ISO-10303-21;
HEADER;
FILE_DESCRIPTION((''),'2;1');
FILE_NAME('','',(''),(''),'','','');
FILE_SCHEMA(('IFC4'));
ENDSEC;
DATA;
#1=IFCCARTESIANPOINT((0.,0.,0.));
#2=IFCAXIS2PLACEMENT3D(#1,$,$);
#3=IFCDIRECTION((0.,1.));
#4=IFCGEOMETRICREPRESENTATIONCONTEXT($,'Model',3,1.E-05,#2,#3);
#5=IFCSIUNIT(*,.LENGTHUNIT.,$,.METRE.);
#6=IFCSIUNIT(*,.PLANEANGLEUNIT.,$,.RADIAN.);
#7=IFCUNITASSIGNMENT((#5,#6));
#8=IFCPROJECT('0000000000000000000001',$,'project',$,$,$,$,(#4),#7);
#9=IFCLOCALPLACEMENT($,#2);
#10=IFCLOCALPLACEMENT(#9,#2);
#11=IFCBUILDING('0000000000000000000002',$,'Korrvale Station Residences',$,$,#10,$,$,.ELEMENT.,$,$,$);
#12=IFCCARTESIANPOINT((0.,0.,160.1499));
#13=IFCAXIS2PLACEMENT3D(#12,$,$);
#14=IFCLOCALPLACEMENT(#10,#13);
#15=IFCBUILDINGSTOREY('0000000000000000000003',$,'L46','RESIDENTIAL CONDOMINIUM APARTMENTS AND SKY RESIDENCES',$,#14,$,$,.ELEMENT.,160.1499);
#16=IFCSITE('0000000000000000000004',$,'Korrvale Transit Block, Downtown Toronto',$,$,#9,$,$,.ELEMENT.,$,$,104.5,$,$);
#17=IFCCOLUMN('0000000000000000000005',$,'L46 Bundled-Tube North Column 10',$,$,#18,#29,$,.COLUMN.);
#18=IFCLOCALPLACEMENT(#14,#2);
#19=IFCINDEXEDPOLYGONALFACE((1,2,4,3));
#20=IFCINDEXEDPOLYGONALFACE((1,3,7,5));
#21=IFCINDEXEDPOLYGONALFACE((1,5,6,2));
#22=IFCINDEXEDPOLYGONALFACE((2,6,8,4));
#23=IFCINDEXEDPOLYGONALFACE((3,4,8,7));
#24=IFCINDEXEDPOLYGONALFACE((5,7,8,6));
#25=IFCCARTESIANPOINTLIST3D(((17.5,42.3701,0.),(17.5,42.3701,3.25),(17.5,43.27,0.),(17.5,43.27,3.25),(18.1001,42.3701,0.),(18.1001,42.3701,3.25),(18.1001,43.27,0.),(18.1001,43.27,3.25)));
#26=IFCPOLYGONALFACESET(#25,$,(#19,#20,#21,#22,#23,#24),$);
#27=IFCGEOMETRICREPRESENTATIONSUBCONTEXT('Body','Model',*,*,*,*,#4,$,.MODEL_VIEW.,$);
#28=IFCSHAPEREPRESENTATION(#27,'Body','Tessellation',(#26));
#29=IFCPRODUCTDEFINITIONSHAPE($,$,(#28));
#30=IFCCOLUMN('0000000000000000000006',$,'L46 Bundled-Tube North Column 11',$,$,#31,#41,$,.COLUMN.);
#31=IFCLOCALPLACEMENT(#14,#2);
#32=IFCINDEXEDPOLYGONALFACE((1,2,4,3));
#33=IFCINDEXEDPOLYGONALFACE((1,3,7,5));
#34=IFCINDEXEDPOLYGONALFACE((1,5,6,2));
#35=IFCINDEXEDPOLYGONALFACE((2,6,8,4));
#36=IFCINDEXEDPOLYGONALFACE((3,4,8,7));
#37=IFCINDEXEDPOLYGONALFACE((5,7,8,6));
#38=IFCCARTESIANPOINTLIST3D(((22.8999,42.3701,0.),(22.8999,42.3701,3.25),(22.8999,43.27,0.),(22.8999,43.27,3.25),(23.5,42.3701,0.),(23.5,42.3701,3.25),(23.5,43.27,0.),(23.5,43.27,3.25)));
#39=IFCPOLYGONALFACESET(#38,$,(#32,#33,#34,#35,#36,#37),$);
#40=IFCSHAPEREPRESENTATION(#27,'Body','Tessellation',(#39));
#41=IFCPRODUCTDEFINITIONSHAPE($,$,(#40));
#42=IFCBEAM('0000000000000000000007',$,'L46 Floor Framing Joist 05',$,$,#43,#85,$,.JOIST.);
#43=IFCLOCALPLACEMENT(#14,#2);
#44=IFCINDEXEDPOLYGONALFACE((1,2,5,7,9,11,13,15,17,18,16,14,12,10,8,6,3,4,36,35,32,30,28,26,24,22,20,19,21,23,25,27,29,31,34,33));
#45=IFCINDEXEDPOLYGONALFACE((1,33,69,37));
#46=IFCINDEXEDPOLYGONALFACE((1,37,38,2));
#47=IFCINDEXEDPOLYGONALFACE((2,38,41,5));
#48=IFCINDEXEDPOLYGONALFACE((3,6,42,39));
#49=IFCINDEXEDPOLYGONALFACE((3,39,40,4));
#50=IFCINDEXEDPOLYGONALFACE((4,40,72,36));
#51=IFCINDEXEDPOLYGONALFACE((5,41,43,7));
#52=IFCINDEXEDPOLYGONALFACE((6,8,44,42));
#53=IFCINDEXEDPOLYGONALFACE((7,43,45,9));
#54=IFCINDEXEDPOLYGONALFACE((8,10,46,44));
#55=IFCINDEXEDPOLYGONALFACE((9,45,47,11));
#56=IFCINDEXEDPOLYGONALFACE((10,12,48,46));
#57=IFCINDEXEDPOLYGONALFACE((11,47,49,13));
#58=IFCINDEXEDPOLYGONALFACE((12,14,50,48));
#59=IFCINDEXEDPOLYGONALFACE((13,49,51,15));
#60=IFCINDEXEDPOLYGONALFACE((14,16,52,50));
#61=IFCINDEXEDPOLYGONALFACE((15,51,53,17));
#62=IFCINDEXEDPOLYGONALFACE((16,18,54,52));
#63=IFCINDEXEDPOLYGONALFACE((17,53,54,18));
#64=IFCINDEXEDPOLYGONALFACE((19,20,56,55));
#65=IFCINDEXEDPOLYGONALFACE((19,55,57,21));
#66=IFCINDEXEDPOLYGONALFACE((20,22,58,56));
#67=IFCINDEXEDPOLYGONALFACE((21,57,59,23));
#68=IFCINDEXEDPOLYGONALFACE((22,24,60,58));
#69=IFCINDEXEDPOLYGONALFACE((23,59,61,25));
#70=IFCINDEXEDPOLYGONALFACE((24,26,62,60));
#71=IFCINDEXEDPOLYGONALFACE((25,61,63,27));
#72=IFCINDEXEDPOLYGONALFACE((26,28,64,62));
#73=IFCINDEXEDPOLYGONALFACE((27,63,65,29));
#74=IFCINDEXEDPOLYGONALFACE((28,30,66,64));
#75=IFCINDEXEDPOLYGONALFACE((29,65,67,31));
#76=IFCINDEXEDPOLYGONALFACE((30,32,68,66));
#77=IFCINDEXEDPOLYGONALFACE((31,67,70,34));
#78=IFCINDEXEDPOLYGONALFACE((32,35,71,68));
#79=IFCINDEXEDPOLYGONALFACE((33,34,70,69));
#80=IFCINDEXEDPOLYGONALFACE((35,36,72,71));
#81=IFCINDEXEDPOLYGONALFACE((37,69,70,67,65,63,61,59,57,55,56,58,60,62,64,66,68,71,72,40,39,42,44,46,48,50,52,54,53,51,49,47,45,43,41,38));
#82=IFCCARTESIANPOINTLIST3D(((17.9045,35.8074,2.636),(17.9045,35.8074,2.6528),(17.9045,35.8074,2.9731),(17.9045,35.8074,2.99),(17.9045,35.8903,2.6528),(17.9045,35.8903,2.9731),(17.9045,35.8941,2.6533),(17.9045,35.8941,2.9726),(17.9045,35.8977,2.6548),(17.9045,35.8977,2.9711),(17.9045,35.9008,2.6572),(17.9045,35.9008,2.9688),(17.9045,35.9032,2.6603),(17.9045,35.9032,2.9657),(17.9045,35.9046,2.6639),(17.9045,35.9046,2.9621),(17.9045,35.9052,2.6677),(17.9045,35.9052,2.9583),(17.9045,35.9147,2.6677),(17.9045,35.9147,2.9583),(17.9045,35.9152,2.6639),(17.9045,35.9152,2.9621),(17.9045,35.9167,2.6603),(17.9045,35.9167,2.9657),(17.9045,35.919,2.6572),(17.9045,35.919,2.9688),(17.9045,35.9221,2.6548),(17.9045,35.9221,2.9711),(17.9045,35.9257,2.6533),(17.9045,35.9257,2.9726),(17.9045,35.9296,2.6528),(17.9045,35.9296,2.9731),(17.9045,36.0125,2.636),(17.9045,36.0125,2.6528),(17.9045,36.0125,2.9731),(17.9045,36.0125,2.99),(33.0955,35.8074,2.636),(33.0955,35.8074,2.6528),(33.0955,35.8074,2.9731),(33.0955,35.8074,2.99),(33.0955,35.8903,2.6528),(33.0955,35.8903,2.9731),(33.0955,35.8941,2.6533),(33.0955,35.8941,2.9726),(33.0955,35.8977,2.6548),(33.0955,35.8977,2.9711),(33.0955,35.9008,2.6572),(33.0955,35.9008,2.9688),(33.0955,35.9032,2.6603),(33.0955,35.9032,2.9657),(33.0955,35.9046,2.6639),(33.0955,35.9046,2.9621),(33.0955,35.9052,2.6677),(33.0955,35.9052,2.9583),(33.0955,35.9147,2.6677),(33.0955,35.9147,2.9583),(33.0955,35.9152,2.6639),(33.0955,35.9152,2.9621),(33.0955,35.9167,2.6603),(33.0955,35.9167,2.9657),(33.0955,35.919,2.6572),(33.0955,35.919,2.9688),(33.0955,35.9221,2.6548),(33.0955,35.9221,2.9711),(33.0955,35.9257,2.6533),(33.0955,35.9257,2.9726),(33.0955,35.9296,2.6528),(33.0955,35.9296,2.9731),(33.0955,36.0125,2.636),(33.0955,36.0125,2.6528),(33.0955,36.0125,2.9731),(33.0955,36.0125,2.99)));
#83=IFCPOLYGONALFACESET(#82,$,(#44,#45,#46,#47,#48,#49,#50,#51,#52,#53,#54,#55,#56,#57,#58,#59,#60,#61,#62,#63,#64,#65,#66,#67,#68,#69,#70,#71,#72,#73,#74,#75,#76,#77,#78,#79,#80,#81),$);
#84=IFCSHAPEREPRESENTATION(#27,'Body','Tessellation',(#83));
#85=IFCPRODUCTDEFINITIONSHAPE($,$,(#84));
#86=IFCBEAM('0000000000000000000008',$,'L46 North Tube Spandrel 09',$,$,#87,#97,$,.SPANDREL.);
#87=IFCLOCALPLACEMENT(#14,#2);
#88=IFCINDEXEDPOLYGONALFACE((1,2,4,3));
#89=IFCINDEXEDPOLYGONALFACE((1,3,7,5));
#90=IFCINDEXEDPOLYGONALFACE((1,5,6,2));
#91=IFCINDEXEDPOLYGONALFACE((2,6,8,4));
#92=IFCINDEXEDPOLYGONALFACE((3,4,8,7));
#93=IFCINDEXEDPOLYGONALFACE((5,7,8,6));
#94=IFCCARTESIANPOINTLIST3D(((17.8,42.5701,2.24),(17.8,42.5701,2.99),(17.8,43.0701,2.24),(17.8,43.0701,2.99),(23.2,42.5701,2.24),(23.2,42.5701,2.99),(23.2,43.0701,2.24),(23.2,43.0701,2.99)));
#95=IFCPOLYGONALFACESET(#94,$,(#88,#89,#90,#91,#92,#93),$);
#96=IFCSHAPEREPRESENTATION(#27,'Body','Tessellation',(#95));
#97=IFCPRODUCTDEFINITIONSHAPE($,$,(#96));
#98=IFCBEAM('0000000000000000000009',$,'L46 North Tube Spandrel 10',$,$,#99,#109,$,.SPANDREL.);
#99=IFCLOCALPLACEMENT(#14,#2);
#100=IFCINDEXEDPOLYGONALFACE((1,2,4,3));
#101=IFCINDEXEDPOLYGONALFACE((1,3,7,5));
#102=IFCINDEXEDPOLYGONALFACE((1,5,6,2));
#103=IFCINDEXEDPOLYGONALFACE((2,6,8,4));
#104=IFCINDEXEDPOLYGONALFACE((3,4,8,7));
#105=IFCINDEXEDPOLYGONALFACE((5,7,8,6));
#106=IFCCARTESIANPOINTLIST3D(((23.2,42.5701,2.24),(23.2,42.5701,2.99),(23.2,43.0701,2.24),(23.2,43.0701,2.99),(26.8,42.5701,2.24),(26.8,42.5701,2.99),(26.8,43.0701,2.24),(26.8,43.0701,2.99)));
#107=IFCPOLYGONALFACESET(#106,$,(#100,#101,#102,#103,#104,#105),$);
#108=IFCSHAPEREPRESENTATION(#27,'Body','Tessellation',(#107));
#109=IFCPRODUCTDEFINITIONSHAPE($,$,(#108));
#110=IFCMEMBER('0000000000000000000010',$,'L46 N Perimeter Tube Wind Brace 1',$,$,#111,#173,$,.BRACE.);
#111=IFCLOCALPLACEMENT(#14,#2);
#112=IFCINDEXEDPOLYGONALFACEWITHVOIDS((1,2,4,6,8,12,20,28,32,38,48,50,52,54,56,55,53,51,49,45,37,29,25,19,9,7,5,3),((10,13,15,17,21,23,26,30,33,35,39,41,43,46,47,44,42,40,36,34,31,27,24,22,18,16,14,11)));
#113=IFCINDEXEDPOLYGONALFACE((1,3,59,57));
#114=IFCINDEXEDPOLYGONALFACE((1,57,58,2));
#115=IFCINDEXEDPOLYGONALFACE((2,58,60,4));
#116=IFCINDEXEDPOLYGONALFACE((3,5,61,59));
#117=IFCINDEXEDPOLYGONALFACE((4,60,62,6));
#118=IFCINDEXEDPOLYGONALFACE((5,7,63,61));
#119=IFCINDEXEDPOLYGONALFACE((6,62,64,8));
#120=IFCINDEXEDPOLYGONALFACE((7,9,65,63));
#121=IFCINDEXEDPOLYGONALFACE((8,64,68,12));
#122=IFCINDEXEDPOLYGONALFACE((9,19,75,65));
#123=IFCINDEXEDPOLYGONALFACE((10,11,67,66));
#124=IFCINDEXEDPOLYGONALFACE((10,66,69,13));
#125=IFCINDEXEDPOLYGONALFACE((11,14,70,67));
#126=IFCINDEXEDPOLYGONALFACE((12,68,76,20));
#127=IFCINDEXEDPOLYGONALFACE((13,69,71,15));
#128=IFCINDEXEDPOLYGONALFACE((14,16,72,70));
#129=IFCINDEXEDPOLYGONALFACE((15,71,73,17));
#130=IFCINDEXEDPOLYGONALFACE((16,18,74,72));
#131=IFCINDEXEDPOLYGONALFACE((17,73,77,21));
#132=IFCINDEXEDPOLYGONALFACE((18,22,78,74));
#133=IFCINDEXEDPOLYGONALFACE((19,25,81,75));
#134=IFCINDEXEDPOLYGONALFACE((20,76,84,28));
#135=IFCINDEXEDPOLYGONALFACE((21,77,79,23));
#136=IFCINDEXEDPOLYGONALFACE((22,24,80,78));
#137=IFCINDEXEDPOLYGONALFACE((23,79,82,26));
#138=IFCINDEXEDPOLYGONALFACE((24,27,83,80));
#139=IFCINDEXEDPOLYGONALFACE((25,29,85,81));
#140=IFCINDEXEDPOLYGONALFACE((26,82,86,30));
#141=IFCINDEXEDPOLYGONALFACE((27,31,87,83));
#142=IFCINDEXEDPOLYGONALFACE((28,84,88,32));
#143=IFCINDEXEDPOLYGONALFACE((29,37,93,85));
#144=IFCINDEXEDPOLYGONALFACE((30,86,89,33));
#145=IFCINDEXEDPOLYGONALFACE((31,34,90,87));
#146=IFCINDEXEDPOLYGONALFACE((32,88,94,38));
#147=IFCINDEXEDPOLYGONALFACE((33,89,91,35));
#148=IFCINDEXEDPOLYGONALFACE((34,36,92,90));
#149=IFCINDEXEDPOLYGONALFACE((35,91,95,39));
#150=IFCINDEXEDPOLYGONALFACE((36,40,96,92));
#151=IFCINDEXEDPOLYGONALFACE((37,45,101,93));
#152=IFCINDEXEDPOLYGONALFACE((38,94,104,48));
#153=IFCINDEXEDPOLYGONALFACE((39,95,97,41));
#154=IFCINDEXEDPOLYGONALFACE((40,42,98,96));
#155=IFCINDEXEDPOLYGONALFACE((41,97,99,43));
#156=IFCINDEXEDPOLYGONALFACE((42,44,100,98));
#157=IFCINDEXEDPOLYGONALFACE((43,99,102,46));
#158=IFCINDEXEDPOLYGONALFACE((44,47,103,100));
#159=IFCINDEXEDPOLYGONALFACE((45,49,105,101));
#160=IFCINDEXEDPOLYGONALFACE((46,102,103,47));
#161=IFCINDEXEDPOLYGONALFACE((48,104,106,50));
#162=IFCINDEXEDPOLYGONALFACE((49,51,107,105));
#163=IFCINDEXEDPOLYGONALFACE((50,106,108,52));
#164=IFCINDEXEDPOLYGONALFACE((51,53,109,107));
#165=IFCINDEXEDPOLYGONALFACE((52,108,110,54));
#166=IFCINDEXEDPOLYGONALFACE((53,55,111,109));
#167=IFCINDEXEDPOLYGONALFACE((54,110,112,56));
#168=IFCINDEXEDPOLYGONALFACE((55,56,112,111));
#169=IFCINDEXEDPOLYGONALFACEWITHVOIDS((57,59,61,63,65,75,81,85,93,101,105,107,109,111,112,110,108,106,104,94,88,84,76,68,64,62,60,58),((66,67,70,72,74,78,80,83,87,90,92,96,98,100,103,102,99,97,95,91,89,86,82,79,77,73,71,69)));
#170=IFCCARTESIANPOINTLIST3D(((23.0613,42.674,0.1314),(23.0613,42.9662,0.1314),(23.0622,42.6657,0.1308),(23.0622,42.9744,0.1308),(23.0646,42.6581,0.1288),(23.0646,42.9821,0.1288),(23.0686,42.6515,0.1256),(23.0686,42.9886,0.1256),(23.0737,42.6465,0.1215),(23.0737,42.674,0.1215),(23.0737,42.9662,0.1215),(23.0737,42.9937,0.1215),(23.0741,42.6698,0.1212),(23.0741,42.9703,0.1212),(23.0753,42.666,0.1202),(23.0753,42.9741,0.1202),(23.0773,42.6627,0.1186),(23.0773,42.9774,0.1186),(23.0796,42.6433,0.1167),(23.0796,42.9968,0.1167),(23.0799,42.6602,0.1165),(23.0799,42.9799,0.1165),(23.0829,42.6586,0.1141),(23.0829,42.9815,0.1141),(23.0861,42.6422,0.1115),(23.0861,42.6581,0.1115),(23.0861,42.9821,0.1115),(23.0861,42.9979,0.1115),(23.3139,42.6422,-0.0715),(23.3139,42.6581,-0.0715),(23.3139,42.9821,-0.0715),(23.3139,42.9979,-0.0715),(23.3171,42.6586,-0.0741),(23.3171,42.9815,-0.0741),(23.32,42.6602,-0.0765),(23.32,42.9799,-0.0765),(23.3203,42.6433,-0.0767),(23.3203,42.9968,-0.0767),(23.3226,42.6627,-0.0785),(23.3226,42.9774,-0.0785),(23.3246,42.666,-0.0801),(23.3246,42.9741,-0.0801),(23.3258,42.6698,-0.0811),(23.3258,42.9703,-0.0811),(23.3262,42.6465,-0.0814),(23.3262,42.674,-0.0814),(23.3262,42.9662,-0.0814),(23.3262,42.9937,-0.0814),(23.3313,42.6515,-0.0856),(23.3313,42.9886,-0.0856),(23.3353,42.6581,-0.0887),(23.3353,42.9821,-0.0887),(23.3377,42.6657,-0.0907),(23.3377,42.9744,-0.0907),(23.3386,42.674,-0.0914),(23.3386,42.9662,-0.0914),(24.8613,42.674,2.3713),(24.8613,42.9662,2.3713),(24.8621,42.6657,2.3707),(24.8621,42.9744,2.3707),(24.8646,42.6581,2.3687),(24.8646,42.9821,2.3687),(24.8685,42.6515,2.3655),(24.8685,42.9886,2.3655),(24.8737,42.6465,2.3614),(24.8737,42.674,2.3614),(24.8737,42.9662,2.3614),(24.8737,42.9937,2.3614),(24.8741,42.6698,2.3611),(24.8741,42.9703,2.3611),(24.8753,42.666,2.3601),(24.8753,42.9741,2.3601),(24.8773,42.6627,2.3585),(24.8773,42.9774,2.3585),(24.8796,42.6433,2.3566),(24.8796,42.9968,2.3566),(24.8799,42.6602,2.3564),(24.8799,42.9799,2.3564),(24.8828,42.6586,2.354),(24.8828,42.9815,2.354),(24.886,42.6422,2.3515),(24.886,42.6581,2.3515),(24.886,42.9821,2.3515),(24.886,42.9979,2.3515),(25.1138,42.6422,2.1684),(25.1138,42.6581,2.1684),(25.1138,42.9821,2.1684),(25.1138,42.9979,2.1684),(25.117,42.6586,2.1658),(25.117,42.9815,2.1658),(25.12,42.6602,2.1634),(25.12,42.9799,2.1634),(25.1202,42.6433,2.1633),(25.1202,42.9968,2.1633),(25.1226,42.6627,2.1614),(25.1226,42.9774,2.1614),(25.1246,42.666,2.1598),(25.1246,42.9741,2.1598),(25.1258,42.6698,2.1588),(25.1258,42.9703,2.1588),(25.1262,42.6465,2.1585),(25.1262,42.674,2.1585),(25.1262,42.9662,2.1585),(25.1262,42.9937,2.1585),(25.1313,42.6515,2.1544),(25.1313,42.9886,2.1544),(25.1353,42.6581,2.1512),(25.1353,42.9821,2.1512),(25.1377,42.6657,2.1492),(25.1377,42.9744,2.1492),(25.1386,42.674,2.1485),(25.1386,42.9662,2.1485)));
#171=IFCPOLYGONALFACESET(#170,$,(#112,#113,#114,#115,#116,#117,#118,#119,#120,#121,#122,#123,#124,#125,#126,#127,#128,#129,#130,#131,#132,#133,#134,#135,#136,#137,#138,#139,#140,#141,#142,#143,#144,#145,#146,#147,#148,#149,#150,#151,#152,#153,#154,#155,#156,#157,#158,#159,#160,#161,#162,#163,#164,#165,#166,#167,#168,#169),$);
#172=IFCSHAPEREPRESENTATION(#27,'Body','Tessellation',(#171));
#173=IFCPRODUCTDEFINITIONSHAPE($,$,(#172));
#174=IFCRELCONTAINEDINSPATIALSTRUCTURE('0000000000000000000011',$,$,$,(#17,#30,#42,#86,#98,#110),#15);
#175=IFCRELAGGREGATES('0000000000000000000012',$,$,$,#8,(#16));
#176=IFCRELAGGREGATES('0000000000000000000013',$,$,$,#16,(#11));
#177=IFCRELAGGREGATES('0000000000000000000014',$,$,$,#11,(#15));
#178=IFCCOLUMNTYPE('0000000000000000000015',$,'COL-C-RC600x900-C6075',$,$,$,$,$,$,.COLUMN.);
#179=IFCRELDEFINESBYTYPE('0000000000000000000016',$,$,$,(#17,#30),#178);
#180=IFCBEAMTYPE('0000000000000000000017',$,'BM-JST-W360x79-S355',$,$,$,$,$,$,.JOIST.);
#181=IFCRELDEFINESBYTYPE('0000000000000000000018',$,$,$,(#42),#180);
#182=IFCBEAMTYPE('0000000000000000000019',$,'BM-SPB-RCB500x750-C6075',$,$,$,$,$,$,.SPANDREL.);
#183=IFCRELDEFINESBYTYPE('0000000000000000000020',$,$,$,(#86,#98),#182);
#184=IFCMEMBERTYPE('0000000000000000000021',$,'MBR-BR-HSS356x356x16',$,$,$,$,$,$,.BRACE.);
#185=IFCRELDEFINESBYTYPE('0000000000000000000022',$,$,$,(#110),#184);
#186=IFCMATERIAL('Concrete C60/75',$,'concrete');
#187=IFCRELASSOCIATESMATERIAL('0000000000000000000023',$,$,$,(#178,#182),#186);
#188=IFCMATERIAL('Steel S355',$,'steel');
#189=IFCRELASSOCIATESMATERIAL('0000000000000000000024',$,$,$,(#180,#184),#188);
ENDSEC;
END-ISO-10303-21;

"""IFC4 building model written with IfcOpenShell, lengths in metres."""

from ifc_helpers import new_model, si_unit, direction, frame, origin, origin_2d, place, context, subcontext, project, spatial, rectangle, hollow_rectangle, i_section, extrude, material, material_profile, profile_set, type_object, element, save


model = new_model("IFC4")

# Units and contexts
model_context = context("Model", 3, precision=1e-05, world=origin(), true_north=direction((0.0, 1.0)))
body_context = subcontext(model_context, "Body", "Model", "MODEL_VIEW")
ifc_project = project(units=[si_unit("LENGTHUNIT", "METRE"), si_unit("PLANEANGLEUNIT", "RADIAN")], contexts=[model_context])

# Site, building, storey
site_placement = place(None, origin())
site = spatial("IfcSite", under=ifc_project, at=site_placement, Name="Korrvale Transit Block, Downtown Toronto", CompositionType="ELEMENT", RefElevation=104.5)
building_placement = place(site_placement, origin())
building = spatial("IfcBuilding", under=site, at=building_placement, Name="Korrvale Station Residences", CompositionType="ELEMENT")
storey_placement = place(building_placement, frame((0.0, 0.0, 160.1499)))
storey = spatial("IfcBuildingStorey", under=building, at=storey_placement, Name="L46", Description="RESIDENTIAL CONDOMINIUM APARTMENTS AND SKY RESIDENCES", CompositionType="ELEMENT", Elevation=160.1499)

# Columns
ifc_material_1 = material(Name="Concrete C60/75", Category="concrete")
ifc_material_profile_1 = material_profile(ifc_material_1, rectangle(XDim=0.6001, YDim=0.8999, at=origin_2d()), Name="RC600x900")
ifc_profile_set_1 = profile_set([ifc_material_profile_1], Name="Concrete C60/75")
column_type = type_object("IfcColumnType", Name="COL-C-RC600x900-C6075", PredefinedType="COLUMN", material=ifc_profile_set_1)
for number, where, z_axis, x_axis, name in (
    (1, (17.8, 42.8201, 0.0), (0.0, 0.0, 1.0), (1.0, 0.0, 0.0), "L46 Bundled-Tube North Column 10"),
    (2, (23.2, 42.8201, 0.0), (0.0, 0.0, 1.0), (1.0, 0.0, 0.0), "L46 Bundled-Tube North Column 11"),
):
    element("IfcColumn", number, at=place(storey_placement, frame(where, z_axis=z_axis, x_axis=x_axis)), inside=storey, type_object=column_type, Name=name, PredefinedType="COLUMN", context=body_context, shape_type="SweptSolid", body=[
        extrude(rectangle(XDim=0.6001, YDim=0.8999, at=origin_2d()), origin(), (0.0, 0.0, 1.0), 3.25),
    ])

# Beams
ifc_material_2 = material(Name="Steel S355", Category="steel")
ifc_material_profile_2 = material_profile(ifc_material_2, i_section(OverallWidth=0.2051, OverallDepth=0.354, WebThickness=0.0095, FlangeThickness=0.0168, FilletRadius=0.0149, at=origin_2d()), Name="W360x79")
ifc_profile_set_2 = profile_set([ifc_material_profile_2], Name="Steel S355")
beam_type_1 = type_object("IfcBeamType", Name="BM-JST-W360x79-S355", PredefinedType="JOIST", material=ifc_profile_set_2)
beam_1_placement = place(storey_placement, frame((17.9045, 35.9099, 2.813), z_axis=(1.0, 0.0, 0.0), x_axis=(0.0, 1.0, 0.0)))
element("IfcBeam", 3, at=beam_1_placement, inside=storey, type_object=beam_type_1, Name="L46 Floor Framing Joist 05", PredefinedType="JOIST", context=body_context, shape_type="SweptSolid", body=[
    extrude(i_section(OverallWidth=0.2051, OverallDepth=0.354, WebThickness=0.0095, FlangeThickness=0.0168, FilletRadius=0.0149, at=origin_2d()), origin(), (0.0, 0.0, 1.0), 15.1909),
])
ifc_material_profile_3 = material_profile(ifc_material_1, rectangle(XDim=0.5, YDim=0.75, at=origin_2d()), Name="RCB500x750")
ifc_profile_set_3 = profile_set([ifc_material_profile_3], Name="Concrete C60/75")
beam_type_2 = type_object("IfcBeamType", Name="BM-SPB-RCB500x750-C6075", PredefinedType="SPANDREL", material=ifc_profile_set_3)
beam_2_placement = place(storey_placement, frame((17.8, 42.8201, 2.615), z_axis=(1.0, 0.0, 0.0), x_axis=(0.0, 1.0, 0.0)))
element("IfcBeam", 4, at=beam_2_placement, inside=storey, type_object=beam_type_2, Name="L46 North Tube Spandrel 09", PredefinedType="SPANDREL", context=body_context, shape_type="SweptSolid", body=[
    extrude(rectangle(XDim=0.5, YDim=0.75, at=origin_2d()), origin(), (0.0, 0.0, 1.0), 5.3999),
])
beam_3_placement = place(storey_placement, frame((23.2, 42.8201, 2.615), z_axis=(1.0, 0.0, 0.0), x_axis=(0.0, 1.0, 0.0)))
element("IfcBeam", 5, at=beam_3_placement, inside=storey, type_object=beam_type_2, Name="L46 North Tube Spandrel 10", PredefinedType="SPANDREL", context=body_context, shape_type="SweptSolid", body=[
    extrude(rectangle(XDim=0.5, YDim=0.75, at=origin_2d()), origin(), (0.0, 0.0, 1.0), 3.6001),
])

# Member
ifc_material_profile_4 = material_profile(ifc_material_2, hollow_rectangle(XDim=0.3557, YDim=0.3557, WallThickness=0.0159, InnerFilletRadius=0.0159, OuterFilletRadius=0.0317, at=origin_2d()), Name="HSS356x356x16")
ifc_profile_set_4 = profile_set([ifc_material_profile_4], Name="Steel S355")
member_type = type_object("IfcMemberType", Name="MBR-BR-HSS356x356x16", PredefinedType="BRACE", material=ifc_profile_set_4)
member_placement = place(storey_placement, frame((23.2, 42.8201, 0.02), z_axis=(0.626403, 0.0, 0.779499), x_axis=(0.0, 1.0, 0.0)))
element("IfcMember", 6, at=member_placement, inside=storey, type_object=member_type, Name="L46 N Perimeter Tube Wind Brace 1", PredefinedType="BRACE", context=body_context, shape_type="SweptSolid", body=[
    extrude(hollow_rectangle(XDim=0.3557, YDim=0.3557, WallThickness=0.0159, InnerFilletRadius=0.0159, OuterFilletRadius=0.0317, at=origin_2d()), origin(), (0.0, 0.0, 1.0), 2.8735),
])

save(model, "model.ifc")
